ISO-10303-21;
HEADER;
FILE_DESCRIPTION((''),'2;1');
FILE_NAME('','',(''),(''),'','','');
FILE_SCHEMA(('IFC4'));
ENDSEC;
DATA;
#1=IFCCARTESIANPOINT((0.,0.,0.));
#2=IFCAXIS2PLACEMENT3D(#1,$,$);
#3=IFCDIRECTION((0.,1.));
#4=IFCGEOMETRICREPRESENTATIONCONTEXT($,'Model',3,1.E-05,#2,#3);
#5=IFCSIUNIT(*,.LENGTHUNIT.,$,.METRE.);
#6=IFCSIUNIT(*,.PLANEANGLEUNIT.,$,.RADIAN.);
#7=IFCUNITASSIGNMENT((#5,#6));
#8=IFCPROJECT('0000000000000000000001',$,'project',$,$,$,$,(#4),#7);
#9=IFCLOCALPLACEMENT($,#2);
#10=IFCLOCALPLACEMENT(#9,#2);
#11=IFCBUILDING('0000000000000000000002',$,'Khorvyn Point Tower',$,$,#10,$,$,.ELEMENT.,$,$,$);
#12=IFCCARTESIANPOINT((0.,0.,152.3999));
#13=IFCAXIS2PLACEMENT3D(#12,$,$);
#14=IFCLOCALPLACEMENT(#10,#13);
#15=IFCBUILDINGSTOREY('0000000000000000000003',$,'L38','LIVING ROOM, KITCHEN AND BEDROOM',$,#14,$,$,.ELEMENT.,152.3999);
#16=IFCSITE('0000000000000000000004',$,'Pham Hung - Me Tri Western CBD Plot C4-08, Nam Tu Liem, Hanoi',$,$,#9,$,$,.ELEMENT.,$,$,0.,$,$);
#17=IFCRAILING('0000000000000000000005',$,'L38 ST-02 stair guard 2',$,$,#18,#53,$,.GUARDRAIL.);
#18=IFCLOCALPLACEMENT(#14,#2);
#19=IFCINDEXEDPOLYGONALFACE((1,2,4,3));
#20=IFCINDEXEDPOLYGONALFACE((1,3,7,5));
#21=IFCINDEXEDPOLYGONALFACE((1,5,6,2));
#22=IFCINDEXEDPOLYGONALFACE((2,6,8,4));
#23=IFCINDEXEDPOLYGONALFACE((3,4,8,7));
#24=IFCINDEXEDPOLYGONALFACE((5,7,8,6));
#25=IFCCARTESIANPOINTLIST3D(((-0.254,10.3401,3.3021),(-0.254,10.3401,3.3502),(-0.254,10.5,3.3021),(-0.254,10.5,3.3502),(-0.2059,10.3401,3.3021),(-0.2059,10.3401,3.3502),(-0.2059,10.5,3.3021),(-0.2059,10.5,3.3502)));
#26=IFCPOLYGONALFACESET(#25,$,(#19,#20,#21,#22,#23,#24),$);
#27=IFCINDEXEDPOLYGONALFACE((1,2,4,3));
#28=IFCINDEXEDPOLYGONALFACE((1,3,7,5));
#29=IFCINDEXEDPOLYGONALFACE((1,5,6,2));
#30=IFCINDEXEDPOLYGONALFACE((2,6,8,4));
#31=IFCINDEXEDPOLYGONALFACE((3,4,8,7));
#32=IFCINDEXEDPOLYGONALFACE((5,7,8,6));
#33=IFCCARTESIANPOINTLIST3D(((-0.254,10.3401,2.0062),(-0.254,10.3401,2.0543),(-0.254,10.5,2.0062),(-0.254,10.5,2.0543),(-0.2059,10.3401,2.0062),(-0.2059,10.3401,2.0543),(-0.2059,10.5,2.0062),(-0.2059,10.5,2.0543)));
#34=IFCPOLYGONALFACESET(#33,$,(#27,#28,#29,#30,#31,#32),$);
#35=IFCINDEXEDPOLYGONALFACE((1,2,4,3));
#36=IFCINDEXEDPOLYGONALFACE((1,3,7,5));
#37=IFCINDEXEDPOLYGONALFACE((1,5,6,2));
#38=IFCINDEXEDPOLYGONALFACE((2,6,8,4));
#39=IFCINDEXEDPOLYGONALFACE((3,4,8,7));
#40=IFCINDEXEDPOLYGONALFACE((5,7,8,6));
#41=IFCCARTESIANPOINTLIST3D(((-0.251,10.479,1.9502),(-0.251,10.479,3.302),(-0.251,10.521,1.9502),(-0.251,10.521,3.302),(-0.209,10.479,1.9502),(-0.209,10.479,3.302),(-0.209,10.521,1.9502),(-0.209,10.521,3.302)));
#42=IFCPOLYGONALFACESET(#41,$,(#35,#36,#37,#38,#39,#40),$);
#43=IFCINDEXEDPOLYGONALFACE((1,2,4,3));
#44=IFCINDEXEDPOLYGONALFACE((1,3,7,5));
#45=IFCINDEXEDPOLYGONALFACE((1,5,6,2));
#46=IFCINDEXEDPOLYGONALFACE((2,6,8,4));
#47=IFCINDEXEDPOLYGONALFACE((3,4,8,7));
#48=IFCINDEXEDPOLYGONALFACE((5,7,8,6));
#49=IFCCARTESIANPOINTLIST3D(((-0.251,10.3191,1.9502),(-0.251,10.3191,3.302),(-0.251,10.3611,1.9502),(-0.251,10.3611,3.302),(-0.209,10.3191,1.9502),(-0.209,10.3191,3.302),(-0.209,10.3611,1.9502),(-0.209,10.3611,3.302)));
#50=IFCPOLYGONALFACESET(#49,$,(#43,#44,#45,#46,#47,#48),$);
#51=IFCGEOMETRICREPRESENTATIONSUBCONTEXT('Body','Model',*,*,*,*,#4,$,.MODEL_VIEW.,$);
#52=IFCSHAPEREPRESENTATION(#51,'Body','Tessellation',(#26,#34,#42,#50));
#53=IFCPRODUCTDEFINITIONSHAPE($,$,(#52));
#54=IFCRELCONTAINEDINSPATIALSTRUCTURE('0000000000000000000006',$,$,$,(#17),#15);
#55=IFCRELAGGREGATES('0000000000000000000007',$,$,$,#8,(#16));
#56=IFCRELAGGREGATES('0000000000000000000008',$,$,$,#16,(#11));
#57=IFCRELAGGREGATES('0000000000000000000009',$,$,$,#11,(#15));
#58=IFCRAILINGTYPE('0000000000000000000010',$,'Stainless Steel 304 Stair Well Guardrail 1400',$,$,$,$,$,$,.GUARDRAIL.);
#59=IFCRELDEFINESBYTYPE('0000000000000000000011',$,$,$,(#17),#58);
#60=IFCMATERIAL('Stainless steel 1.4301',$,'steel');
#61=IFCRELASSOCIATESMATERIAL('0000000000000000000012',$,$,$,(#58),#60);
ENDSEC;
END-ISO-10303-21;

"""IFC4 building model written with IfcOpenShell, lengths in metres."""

from ifc_helpers import new_model, si_unit, direction, frame, origin, origin_2d, place, context, subcontext, project, spatial, rectangle, extrude, material, type_object, element, save


model = new_model("IFC4")

# Units and contexts
model_context = context("Model", 3, precision=1e-05, world=origin(), true_north=direction((0.0, 1.0)))
body_context = subcontext(model_context, "Body", "Model", "MODEL_VIEW")
ifc_project = project(units=[si_unit("LENGTHUNIT", "METRE"), si_unit("PLANEANGLEUNIT", "RADIAN")], contexts=[model_context])

# Site, building, storey
site_placement = place(None, origin())
site = spatial("IfcSite", under=ifc_project, at=site_placement, Name="Pham Hung - Me Tri Western CBD Plot C4-08, Nam Tu Liem, Hanoi", CompositionType="ELEMENT", RefElevation=0.0)
building_placement = place(site_placement, origin())
building = spatial("IfcBuilding", under=site, at=building_placement, Name="Khorvyn Point Tower", CompositionType="ELEMENT")
storey_placement = place(building_placement, frame((0.0, 0.0, 152.3999)))
storey = spatial("IfcBuildingStorey", under=building, at=storey_placement, Name="L38", Description="LIVING ROOM, KITCHEN AND BEDROOM", CompositionType="ELEMENT", Elevation=152.3999)

# Railing
ifc_material_1 = material(Name="Stainless steel 1.4301", Category="steel")
railing_type = type_object("IfcRailingType", Name="Stainless Steel 304 Stair Well Guardrail 1400", PredefinedType="GUARDRAIL", material=ifc_material_1)
railing_placement = place(storey_placement, frame((-0.23, 10.5, 1.9502)))
element("IfcRailing", 1, at=railing_placement, inside=storey, type_object=railing_type, Name="L38 ST-02 stair guard 2", PredefinedType="GUARDRAIL", context=body_context, shape_type="SweptSolid", body=[
    extrude(rectangle(XDim=0.0481, YDim=0.0481, at=origin_2d()), frame((0.0, 0.0, 1.376), z_axis=(0.0, -1.0, 0.0), x_axis=(1.0, 0.0, 0.0)), (0.0, 0.0, 1.0), 0.1599),
    extrude(rectangle(XDim=0.0481, YDim=0.0481, at=origin_2d()), frame((0.0, 0.0, 0.0801), z_axis=(0.0, -1.0, 0.0), x_axis=(1.0, 0.0, 0.0)), (0.0, 0.0, 1.0), 0.1599),
    extrude(rectangle(XDim=0.042, YDim=0.042, at=origin_2d()), origin(), (0.0, 0.0, 1.0), 1.3518),
    extrude(rectangle(XDim=0.042, YDim=0.042, at=origin_2d()), frame((0.0, -0.1599, 0.0)), (0.0, 0.0, 1.0), 1.3518),
])

save(model, "model.ifc")
